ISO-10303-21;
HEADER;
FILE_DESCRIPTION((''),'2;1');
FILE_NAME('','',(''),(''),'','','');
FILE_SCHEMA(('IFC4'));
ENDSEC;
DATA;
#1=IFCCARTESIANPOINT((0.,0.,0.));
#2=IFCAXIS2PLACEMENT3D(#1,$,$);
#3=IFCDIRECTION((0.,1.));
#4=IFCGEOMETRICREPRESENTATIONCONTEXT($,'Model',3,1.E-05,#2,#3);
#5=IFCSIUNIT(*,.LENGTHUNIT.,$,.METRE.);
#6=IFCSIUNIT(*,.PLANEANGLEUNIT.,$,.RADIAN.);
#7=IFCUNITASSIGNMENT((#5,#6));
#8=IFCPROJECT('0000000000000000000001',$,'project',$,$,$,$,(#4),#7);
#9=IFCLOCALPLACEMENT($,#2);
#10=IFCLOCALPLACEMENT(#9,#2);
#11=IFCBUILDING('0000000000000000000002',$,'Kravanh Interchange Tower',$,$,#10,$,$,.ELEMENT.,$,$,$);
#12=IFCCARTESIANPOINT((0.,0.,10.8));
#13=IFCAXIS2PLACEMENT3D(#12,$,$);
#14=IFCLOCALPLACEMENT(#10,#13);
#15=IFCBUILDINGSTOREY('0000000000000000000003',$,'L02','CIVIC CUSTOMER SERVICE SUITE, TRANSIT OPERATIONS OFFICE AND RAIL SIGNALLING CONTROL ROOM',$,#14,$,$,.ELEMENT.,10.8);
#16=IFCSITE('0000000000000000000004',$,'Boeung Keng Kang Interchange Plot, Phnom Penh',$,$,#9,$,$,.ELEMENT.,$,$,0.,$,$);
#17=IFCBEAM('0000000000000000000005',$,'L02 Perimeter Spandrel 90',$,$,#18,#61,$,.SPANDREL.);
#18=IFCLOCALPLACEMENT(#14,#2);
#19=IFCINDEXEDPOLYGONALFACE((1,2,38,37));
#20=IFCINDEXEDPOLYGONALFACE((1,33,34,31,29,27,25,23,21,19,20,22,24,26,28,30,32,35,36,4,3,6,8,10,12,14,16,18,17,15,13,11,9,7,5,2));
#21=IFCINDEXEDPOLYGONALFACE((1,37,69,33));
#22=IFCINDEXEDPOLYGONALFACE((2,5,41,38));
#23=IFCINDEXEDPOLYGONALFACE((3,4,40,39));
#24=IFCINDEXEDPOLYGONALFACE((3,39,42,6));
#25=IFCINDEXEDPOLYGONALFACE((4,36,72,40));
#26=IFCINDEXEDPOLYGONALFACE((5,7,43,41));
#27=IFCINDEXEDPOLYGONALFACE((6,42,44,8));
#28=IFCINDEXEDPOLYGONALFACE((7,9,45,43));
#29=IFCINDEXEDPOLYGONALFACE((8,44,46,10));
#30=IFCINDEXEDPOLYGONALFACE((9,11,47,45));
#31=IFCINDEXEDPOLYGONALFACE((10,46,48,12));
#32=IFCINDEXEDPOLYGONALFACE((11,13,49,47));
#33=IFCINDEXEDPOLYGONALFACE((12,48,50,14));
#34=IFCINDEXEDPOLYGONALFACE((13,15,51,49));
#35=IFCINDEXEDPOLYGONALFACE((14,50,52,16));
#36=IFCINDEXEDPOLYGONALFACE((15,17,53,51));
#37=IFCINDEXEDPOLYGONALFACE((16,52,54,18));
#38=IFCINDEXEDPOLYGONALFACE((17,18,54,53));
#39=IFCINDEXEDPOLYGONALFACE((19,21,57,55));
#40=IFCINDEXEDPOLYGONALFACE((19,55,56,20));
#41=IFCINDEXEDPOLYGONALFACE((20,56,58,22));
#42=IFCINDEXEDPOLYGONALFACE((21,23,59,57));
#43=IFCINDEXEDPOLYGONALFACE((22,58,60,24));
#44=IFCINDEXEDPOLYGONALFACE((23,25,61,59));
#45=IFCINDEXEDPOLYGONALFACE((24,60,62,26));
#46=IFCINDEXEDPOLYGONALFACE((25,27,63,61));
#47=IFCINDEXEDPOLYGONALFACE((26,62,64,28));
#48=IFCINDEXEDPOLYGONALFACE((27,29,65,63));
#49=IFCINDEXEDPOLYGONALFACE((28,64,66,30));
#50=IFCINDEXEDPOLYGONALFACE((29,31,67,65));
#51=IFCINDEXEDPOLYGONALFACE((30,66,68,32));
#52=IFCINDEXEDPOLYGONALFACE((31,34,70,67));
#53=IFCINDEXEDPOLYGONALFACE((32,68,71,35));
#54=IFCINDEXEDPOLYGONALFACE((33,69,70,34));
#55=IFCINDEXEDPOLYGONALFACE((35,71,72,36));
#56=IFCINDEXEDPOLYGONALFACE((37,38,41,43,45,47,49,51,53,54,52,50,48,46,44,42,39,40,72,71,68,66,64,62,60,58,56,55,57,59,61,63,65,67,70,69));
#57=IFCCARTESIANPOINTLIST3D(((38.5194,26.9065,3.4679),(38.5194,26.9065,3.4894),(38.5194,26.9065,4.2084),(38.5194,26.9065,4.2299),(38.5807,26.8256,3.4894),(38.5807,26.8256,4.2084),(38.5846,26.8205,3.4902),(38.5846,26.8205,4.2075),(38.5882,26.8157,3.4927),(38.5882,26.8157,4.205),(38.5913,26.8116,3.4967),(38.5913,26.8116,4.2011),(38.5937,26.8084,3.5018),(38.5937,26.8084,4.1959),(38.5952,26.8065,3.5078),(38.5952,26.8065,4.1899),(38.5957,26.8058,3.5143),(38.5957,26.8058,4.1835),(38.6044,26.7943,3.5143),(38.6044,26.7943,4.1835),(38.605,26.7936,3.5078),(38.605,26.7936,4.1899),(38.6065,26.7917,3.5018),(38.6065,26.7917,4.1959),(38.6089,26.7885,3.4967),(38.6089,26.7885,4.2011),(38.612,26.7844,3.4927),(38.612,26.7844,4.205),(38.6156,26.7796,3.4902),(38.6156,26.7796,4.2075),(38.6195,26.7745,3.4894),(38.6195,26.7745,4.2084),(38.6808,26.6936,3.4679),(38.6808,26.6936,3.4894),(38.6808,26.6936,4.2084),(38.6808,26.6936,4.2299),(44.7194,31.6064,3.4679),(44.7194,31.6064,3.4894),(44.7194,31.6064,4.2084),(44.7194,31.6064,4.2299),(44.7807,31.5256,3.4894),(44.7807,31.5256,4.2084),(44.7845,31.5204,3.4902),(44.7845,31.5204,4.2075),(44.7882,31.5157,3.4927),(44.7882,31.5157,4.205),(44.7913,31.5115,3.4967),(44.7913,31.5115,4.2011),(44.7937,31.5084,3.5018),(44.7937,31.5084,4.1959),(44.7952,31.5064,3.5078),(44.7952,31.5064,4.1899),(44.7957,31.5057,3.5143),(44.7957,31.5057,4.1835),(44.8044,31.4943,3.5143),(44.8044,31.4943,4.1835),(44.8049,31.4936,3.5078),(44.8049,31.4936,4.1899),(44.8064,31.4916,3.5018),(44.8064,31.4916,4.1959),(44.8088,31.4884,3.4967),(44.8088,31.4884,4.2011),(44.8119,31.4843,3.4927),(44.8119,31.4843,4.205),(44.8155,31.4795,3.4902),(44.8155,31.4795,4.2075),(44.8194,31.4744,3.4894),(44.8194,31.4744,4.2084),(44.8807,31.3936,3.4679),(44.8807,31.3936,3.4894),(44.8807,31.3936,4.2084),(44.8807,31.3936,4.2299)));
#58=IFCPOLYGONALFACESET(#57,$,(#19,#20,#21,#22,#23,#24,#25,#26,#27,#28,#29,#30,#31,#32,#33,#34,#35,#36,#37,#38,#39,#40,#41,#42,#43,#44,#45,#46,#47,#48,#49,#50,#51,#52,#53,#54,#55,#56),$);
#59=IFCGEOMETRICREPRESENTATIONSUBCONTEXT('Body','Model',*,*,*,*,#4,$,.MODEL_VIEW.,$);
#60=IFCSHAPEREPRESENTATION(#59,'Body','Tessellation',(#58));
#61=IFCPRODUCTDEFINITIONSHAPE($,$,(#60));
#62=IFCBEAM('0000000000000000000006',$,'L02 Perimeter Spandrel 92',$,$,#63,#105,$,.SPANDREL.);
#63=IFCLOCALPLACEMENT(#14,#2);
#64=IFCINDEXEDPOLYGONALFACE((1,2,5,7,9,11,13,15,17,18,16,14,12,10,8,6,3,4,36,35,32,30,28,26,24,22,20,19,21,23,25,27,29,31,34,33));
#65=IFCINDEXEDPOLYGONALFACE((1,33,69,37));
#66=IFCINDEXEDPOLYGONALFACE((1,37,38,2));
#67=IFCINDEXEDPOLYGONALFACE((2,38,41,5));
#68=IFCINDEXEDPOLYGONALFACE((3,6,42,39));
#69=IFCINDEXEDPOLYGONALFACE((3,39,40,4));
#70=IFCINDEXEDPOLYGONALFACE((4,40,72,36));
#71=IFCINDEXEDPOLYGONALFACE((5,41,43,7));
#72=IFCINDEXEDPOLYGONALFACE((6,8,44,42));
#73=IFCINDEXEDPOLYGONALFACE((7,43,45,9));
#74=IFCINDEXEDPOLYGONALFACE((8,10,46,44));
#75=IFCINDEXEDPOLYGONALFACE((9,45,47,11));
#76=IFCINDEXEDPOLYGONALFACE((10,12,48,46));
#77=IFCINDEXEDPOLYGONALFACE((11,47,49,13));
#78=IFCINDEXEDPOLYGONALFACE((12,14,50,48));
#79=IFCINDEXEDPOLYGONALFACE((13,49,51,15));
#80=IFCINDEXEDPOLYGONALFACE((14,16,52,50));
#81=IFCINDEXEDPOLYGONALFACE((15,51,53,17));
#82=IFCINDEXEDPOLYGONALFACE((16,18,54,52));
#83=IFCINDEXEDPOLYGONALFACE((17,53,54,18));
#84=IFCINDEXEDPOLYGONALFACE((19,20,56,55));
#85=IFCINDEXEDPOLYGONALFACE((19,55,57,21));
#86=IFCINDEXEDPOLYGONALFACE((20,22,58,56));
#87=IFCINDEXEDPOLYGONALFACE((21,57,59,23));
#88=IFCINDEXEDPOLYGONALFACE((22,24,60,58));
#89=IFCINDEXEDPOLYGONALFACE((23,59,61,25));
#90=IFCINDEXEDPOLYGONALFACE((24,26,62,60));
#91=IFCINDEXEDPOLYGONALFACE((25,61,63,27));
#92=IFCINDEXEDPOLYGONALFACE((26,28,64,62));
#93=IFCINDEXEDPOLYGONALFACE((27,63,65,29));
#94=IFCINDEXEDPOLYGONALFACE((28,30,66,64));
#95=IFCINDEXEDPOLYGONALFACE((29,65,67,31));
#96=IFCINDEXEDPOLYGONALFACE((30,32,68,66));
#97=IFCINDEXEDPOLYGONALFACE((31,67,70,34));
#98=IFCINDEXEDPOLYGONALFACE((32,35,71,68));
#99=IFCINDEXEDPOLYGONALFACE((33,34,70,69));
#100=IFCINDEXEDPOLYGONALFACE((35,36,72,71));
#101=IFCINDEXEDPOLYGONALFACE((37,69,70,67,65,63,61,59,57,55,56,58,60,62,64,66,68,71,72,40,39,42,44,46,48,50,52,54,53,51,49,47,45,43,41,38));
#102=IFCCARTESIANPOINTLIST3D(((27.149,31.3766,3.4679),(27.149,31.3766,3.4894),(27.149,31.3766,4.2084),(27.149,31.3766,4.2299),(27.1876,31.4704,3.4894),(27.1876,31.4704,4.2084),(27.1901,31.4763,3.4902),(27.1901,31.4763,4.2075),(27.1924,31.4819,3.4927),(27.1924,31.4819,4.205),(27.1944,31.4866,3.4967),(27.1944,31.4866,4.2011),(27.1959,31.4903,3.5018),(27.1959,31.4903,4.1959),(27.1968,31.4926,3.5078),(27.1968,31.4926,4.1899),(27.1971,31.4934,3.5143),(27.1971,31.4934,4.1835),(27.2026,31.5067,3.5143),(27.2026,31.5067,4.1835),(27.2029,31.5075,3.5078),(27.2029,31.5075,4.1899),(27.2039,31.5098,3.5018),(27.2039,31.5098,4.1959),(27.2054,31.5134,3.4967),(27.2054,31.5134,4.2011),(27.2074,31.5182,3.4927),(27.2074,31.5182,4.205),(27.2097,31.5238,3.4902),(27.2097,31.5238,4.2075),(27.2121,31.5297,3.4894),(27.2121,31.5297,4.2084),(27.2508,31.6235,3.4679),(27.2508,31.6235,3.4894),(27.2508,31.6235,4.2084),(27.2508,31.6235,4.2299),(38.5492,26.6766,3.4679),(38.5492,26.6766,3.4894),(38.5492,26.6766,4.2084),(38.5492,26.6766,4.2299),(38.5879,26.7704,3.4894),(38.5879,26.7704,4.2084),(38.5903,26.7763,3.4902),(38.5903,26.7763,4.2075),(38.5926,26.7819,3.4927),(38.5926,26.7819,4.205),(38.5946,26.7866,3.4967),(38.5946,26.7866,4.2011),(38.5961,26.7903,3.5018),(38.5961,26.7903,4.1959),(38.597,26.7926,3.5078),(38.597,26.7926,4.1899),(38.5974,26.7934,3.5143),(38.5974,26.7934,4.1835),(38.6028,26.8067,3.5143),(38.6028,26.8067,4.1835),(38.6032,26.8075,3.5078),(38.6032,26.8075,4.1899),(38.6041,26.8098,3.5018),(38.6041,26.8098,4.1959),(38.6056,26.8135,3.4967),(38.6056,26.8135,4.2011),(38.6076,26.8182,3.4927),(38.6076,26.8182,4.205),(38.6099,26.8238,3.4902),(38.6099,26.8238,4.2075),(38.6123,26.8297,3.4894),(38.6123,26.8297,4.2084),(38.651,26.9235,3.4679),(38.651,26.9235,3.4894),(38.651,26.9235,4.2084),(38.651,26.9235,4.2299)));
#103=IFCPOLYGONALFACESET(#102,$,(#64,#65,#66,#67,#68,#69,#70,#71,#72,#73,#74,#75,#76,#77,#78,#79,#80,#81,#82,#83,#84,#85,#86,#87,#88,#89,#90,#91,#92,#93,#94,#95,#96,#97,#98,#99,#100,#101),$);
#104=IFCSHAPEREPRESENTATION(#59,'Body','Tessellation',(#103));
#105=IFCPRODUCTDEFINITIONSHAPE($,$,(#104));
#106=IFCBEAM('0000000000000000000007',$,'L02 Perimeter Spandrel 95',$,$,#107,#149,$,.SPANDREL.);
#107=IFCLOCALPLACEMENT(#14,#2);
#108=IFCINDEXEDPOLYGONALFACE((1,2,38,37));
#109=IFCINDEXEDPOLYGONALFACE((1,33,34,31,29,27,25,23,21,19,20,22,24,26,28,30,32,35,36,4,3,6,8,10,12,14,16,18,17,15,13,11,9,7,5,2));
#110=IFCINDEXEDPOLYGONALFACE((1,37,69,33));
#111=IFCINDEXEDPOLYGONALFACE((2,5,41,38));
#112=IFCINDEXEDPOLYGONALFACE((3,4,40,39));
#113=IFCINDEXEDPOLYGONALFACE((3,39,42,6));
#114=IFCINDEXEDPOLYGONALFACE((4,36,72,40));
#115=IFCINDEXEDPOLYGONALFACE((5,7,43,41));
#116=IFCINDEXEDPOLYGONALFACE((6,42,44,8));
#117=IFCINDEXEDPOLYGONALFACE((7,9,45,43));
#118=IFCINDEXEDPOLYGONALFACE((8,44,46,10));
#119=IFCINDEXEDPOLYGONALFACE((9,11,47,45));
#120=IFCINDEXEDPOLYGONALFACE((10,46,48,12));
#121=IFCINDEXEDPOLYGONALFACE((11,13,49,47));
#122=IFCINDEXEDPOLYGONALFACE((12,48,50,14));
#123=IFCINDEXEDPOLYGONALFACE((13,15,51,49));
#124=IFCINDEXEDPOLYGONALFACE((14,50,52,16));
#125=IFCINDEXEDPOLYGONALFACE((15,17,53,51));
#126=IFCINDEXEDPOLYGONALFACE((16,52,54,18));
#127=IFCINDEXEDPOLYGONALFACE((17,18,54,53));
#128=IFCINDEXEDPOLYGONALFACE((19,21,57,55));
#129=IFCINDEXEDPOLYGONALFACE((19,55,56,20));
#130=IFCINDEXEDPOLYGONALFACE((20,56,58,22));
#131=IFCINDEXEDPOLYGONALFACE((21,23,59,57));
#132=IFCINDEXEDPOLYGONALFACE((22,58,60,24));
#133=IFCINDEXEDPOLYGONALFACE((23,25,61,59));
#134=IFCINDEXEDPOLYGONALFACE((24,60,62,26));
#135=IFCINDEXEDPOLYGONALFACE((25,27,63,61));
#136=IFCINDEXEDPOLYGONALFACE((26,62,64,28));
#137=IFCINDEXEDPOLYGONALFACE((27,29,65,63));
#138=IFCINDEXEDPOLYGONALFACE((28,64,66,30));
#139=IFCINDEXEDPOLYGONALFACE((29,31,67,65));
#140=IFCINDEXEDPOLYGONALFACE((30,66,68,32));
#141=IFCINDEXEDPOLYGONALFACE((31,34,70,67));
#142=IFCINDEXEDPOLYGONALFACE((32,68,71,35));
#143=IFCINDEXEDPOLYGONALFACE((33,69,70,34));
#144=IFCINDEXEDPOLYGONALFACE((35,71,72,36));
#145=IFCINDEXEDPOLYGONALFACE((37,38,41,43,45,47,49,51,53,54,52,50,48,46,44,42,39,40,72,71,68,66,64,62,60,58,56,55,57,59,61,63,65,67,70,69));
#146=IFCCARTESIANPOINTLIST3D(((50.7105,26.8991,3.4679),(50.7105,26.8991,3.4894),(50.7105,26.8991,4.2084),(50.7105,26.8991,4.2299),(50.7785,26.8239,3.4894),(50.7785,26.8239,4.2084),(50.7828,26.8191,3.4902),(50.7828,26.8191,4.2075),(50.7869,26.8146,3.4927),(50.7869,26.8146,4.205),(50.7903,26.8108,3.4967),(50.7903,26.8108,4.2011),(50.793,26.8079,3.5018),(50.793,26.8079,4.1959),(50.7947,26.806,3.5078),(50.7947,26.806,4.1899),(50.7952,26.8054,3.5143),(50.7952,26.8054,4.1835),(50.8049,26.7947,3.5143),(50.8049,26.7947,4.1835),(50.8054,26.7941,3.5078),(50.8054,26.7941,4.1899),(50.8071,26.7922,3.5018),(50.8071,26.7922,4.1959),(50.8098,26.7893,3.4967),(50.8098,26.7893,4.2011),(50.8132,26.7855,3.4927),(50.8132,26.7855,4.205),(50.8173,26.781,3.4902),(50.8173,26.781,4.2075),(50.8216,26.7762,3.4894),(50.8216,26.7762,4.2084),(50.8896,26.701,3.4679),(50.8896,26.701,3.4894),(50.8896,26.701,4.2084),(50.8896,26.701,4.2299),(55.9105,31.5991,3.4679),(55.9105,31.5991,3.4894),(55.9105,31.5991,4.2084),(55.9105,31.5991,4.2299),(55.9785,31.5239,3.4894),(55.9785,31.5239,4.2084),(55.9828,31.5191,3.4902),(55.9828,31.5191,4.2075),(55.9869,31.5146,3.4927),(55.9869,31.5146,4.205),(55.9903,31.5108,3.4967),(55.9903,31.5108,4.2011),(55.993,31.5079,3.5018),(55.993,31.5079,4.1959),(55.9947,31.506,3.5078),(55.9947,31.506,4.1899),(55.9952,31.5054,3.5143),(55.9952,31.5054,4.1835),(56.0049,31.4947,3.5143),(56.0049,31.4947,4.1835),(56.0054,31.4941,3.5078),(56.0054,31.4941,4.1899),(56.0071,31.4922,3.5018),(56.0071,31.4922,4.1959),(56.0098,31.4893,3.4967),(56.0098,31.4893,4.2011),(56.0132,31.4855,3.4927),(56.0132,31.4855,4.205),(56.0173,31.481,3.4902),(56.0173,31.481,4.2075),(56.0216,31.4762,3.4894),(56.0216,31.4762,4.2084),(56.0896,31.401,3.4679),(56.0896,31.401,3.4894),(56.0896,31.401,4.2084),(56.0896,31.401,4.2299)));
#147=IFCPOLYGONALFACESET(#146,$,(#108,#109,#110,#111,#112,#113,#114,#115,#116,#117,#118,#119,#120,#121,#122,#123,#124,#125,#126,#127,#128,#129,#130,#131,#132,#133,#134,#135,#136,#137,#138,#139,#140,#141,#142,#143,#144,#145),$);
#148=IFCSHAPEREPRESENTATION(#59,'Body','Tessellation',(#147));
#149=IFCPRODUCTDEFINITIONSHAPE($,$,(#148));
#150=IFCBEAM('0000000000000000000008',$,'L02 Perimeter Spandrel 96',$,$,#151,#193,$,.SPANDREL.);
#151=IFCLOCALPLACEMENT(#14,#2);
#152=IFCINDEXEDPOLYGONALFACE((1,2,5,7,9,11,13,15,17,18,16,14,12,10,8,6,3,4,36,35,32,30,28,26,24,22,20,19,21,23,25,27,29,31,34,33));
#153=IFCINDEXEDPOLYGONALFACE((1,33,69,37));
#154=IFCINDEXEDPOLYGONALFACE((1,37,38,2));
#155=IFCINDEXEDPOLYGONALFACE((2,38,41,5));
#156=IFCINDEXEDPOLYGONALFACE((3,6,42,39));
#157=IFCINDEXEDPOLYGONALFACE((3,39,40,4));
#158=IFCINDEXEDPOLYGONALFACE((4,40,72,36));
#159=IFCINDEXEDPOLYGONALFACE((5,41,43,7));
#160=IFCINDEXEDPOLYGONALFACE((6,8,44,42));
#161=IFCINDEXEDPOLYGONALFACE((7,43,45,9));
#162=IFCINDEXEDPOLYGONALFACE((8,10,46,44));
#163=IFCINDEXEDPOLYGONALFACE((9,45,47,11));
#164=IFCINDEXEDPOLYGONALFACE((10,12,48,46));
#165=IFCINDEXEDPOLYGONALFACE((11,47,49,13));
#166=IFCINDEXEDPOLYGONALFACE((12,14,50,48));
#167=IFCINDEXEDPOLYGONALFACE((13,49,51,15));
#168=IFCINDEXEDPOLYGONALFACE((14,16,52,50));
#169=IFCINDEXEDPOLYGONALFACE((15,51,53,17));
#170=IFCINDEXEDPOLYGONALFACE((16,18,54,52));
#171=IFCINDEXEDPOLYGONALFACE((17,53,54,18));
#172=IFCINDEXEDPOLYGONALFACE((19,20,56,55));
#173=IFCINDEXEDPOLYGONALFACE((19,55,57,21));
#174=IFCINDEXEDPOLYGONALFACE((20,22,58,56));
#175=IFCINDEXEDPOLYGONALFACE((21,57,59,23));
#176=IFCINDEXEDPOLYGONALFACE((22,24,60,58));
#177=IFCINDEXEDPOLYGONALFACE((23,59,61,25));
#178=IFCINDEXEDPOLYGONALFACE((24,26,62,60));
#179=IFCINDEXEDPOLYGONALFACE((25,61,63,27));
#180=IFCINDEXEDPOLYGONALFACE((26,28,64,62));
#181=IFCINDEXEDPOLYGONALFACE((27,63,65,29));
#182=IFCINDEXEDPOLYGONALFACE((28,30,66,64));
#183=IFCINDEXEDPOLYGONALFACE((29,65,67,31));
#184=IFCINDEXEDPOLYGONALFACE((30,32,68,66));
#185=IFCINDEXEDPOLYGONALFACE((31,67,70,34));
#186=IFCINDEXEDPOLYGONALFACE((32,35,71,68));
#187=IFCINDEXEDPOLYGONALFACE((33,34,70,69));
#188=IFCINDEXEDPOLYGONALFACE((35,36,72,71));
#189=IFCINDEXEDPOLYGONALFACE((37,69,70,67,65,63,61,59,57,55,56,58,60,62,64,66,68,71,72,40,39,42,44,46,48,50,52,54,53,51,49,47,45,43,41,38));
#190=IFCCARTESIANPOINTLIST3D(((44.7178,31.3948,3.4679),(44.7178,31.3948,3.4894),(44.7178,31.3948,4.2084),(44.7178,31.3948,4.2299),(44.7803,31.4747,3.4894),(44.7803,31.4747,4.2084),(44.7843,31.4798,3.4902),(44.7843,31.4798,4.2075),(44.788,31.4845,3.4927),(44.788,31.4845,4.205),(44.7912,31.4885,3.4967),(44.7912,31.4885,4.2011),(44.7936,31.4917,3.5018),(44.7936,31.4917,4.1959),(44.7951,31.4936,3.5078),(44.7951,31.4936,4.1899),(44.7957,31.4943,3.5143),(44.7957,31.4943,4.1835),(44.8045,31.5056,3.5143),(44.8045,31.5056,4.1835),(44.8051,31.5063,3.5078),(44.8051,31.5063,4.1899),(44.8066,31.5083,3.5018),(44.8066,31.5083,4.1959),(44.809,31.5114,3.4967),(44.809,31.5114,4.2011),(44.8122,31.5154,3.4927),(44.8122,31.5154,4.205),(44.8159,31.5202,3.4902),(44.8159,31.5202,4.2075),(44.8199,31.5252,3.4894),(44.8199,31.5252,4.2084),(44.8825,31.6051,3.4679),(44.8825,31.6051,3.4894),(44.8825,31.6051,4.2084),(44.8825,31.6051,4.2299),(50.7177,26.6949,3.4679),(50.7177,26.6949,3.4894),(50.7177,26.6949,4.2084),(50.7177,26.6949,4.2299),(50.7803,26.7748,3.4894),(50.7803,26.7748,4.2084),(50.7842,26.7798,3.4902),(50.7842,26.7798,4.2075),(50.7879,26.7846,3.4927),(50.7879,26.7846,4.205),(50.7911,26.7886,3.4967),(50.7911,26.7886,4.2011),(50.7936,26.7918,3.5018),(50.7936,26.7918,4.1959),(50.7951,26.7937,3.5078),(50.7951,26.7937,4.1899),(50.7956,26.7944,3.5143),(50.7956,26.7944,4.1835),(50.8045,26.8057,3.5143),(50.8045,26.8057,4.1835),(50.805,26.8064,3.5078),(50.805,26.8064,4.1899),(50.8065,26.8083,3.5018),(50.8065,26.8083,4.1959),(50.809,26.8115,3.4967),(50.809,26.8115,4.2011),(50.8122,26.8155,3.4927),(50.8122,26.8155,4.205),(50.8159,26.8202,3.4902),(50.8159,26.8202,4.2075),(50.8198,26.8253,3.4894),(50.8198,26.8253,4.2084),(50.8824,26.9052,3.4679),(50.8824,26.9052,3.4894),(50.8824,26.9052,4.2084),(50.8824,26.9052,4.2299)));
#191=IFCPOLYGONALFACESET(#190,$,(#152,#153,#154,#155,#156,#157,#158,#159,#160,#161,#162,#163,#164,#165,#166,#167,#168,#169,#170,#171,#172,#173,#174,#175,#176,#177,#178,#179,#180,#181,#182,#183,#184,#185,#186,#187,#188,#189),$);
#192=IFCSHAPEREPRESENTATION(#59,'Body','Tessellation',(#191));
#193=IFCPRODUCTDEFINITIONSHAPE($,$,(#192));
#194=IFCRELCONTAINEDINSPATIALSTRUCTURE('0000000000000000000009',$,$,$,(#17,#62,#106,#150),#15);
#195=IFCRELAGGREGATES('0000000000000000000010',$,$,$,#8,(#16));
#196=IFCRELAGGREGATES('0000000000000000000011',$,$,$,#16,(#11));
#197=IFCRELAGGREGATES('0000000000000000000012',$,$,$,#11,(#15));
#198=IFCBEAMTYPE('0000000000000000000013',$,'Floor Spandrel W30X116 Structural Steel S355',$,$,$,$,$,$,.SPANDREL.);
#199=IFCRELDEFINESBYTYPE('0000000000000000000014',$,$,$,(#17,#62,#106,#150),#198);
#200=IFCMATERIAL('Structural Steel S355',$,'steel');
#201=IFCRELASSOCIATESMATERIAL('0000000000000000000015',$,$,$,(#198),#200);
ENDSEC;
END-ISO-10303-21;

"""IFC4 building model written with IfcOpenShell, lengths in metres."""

from ifc_helpers import new_model, si_unit, direction, frame, origin, origin_2d, place, context, subcontext, project, spatial, i_section, extrude, material, material_profile, profile_set, type_object, element, save


model = new_model("IFC4")

# Units and contexts
model_context = context("Model", 3, precision=1e-05, world=origin(), true_north=direction((0.0, 1.0)))
body_context = subcontext(model_context, "Body", "Model", "MODEL_VIEW")
ifc_project = project(units=[si_unit("LENGTHUNIT", "METRE"), si_unit("PLANEANGLEUNIT", "RADIAN")], contexts=[model_context])

# Site, building, storey
site_placement = place(None, origin())
site = spatial("IfcSite", under=ifc_project, at=site_placement, Name="Boeung Keng Kang Interchange Plot, Phnom Penh", CompositionType="ELEMENT", RefElevation=0.0)
building_placement = place(site_placement, origin())
building = spatial("IfcBuilding", under=site, at=building_placement, Name="Kravanh Interchange Tower", CompositionType="ELEMENT")
storey_placement = place(building_placement, frame((0.0, 0.0, 10.8)))
storey = spatial("IfcBuildingStorey", under=building, at=storey_placement, Name="L02", Description="CIVIC CUSTOMER SERVICE SUITE, TRANSIT OPERATIONS OFFICE AND RAIL SIGNALLING CONTROL ROOM", CompositionType="ELEMENT", Elevation=10.8)

# Beams
ifc_material_1 = material(Name="Structural Steel S355", Category="steel")
ifc_material_profile_1 = material_profile(ifc_material_1, i_section(OverallWidth=0.2671, OverallDepth=0.762, WebThickness=0.0144, FlangeThickness=0.0215, FilletRadius=0.0249, at=origin_2d()), Name="W30X116")
ifc_profile_set_1 = profile_set([ifc_material_profile_1], Name="Structural Steel S355")
beam_type_1 = type_object("IfcBeamType", Name="Floor Spandrel W30X116 Structural Steel S355", PredefinedType="SPANDREL", material=ifc_profile_set_1)
beam_1_placement = place(storey_placement, frame((38.6001, 26.8, 3.8489), z_axis=(0.796905, 0.604104, 0.0), x_axis=(-0.604104, 0.796905, 0.0)))
element("IfcBeam", 1, at=beam_1_placement, inside=storey, type_object=beam_type_1, Name="L02 Perimeter Spandrel 90", PredefinedType="SPANDREL", context=body_context, shape_type="SweptSolid", body=[
    extrude(i_section(OverallWidth=0.2671, OverallDepth=0.762, WebThickness=0.0144, FlangeThickness=0.0215, FilletRadius=0.0249, at=origin_2d()), origin(), (0.0, 0.0, 1.0), 7.78),
])
beam_2_placement = place(storey_placement, frame((38.6001, 26.8, 3.8489), z_axis=(-0.924513, 0.38115, 0.0), x_axis=(-0.38115, -0.924513, 0.0)))
element("IfcBeam", 2, at=beam_2_placement, inside=storey, type_object=beam_type_1, Name="L02 Perimeter Spandrel 92", PredefinedType="SPANDREL", context=body_context, shape_type="SweptSolid", body=[
    extrude(i_section(OverallWidth=0.2671, OverallDepth=0.762, WebThickness=0.0144, FlangeThickness=0.0215, FilletRadius=0.0249, at=origin_2d()), origin(), (0.0, 0.0, 1.0), 12.3311),
])
beam_3_placement = place(storey_placement, frame((50.8, 26.8, 3.8489), z_axis=(0.741874, 0.670539, 0.0), x_axis=(-0.670539, 0.741874, 0.0)))
element("IfcBeam", 3, at=beam_3_placement, inside=storey, type_object=beam_type_1, Name="L02 Perimeter Spandrel 95", PredefinedType="SPANDREL", context=body_context, shape_type="SweptSolid", body=[
    extrude(i_section(OverallWidth=0.2671, OverallDepth=0.762, WebThickness=0.0144, FlangeThickness=0.0215, FilletRadius=0.0249, at=origin_2d()), origin(), (0.0, 0.0, 1.0), 7.0093),
])
beam_4_placement = place(storey_placement, frame((50.8, 26.8, 3.8489), z_axis=(-0.787231, 0.616658, 0.0), x_axis=(-0.616658, -0.787231, 0.0)))
element("IfcBeam", 4, at=beam_4_placement, inside=storey, type_object=beam_type_1, Name="L02 Perimeter Spandrel 96", PredefinedType="SPANDREL", context=body_context, shape_type="SweptSolid", body=[
    extrude(i_section(OverallWidth=0.2671, OverallDepth=0.762, WebThickness=0.0144, FlangeThickness=0.0215, FilletRadius=0.0249, at=origin_2d()), origin(), (0.0, 0.0, 1.0), 7.6216),
])

save(model, "model.ifc")
